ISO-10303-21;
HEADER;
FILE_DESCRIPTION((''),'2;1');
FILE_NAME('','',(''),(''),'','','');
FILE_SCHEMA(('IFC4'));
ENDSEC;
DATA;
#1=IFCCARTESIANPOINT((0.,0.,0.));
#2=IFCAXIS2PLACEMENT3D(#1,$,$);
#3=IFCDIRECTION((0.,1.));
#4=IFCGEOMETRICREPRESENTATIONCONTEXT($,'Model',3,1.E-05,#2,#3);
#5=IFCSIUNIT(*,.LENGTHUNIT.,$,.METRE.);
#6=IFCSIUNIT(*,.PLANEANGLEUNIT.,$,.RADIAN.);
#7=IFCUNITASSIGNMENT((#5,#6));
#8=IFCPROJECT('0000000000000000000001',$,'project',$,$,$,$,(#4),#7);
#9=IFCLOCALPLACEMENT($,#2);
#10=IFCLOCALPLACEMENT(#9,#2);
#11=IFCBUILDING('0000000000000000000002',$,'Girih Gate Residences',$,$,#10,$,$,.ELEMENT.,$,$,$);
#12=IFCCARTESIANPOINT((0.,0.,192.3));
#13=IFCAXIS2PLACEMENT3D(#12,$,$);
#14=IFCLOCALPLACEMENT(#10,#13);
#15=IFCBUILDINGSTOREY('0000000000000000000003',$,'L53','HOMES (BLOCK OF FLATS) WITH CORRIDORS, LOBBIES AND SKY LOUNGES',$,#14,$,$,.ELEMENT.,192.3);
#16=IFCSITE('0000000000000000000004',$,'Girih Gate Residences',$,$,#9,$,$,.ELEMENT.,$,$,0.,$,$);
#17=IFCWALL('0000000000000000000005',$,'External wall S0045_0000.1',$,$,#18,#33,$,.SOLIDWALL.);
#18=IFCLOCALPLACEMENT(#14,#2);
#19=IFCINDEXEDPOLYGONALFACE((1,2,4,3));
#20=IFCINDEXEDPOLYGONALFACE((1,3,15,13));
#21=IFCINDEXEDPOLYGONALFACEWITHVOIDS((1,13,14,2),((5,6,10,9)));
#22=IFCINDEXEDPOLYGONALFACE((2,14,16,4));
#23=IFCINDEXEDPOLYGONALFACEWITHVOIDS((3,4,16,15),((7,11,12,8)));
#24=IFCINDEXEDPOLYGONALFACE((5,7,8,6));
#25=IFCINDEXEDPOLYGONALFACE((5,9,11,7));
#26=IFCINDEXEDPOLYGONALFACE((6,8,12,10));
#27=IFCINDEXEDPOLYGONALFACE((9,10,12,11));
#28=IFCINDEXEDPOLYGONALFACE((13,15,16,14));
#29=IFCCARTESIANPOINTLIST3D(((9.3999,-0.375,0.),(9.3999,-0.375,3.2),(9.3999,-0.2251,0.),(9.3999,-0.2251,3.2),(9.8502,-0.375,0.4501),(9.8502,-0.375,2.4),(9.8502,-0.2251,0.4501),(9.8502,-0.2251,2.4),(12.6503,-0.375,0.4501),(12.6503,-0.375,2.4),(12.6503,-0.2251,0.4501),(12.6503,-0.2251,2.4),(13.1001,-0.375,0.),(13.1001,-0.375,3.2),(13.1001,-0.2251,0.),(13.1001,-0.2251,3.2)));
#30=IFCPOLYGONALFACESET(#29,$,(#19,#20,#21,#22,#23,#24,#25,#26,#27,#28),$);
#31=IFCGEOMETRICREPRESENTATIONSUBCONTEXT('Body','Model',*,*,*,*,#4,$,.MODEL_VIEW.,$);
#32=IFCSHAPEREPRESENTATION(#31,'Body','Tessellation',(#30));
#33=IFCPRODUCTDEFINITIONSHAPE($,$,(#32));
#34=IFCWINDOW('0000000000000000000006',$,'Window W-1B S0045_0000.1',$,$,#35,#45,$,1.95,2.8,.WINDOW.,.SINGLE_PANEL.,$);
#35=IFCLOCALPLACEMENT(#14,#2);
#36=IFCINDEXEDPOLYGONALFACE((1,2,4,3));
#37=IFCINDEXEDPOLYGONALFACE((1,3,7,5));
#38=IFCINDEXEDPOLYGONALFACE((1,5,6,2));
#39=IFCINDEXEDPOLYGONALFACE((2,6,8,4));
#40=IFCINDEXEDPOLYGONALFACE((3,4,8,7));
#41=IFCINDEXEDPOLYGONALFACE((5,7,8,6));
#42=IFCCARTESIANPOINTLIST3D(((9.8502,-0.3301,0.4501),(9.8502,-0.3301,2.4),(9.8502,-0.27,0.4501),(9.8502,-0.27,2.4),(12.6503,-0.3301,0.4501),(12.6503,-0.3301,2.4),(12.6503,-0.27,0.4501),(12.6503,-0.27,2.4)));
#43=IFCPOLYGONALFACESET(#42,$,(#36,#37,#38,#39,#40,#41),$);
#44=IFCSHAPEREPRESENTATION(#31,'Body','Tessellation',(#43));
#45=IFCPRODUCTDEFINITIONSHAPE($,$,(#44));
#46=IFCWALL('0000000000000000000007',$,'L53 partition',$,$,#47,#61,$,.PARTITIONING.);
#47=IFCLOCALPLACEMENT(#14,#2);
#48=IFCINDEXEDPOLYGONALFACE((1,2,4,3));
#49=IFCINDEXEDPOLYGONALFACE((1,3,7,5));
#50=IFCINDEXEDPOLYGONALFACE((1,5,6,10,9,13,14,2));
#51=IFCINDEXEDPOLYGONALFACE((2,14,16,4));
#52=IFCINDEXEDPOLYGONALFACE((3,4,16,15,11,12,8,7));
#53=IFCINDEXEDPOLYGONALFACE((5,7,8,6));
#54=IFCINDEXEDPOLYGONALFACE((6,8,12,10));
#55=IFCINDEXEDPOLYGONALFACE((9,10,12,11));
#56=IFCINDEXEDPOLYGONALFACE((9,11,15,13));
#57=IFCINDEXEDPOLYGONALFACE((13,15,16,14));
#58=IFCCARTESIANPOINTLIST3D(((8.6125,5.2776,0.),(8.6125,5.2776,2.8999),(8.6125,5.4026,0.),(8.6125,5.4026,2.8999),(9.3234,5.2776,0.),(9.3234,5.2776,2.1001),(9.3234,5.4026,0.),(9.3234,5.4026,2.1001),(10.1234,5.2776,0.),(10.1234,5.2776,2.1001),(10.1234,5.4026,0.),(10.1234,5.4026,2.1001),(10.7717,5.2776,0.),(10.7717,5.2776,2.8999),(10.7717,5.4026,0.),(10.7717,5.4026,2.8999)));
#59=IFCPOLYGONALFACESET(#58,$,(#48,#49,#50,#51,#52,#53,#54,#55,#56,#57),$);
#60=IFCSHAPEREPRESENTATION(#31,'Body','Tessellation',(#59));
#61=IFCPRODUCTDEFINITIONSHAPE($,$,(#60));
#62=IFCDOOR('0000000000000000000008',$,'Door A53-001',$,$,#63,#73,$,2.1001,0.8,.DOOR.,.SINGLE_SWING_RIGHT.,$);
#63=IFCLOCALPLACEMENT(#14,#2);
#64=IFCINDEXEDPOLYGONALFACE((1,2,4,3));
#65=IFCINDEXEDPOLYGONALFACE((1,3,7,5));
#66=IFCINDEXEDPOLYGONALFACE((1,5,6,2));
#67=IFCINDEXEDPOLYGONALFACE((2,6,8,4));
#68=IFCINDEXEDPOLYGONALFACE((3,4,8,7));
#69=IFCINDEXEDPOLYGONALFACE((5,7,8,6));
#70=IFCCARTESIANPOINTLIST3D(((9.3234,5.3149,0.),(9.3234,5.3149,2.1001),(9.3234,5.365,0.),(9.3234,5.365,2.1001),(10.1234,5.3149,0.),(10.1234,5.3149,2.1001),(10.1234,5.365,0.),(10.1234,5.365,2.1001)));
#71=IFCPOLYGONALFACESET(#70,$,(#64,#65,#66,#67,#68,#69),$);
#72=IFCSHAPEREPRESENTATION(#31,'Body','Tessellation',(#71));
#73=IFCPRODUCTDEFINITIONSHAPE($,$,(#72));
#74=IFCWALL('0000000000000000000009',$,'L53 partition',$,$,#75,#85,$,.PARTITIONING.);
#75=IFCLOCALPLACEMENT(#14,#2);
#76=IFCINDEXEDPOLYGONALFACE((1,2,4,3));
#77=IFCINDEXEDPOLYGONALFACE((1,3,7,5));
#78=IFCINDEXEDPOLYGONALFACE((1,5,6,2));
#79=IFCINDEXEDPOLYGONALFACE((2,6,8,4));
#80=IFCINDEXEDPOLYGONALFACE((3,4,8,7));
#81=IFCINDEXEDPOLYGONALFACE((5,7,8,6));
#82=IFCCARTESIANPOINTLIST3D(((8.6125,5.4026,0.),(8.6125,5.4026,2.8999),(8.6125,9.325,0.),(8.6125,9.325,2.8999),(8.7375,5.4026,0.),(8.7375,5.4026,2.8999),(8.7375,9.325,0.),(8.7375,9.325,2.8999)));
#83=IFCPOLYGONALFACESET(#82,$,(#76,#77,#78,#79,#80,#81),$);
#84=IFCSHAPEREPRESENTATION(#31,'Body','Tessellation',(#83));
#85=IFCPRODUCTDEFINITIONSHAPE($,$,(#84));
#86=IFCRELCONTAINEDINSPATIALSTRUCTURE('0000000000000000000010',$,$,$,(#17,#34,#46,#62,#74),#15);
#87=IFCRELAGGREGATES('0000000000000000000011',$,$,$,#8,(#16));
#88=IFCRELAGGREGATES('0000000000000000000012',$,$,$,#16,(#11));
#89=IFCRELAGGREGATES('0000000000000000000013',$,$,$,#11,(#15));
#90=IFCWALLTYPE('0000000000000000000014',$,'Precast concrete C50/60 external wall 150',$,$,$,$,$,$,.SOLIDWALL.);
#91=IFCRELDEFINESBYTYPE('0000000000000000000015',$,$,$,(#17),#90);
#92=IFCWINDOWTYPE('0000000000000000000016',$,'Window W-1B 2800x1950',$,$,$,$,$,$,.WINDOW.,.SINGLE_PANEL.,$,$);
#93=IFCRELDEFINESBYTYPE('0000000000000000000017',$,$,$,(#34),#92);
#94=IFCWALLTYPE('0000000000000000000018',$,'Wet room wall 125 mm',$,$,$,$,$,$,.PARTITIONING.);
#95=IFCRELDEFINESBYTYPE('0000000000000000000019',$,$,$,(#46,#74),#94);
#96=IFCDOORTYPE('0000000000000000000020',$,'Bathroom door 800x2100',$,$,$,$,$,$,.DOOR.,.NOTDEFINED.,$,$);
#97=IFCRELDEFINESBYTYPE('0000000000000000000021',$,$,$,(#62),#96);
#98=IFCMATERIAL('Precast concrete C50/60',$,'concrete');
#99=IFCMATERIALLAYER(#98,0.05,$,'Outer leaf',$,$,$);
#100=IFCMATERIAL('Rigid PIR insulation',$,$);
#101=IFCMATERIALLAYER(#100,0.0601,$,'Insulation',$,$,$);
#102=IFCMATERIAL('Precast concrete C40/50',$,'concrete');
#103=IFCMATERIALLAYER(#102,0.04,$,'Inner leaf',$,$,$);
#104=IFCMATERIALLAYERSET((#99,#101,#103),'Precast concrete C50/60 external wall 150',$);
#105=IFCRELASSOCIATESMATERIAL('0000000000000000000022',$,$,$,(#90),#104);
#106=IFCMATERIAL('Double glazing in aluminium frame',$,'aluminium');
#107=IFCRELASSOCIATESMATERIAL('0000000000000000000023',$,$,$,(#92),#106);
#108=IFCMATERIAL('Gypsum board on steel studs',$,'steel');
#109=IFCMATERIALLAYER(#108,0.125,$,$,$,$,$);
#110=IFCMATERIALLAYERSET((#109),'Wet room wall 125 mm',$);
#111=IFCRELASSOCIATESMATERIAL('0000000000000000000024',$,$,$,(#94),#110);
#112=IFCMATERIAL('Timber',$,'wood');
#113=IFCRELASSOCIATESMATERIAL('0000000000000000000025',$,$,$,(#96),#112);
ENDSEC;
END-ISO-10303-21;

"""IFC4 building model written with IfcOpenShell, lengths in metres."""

from ifc_helpers import new_model, si_unit, direction, frame, frame_2d, origin, place, context, subcontext, project, spatial, rectangle, extrude, material, layer, layer_set, type_object, element, fill, save


model = new_model("IFC4")

# Units and contexts
model_context = context("Model", 3, precision=1e-05, world=origin(), true_north=direction((0.0, 1.0)))
body_context = subcontext(model_context, "Body", "Model", "MODEL_VIEW")
ifc_project = project(units=[si_unit("LENGTHUNIT", "METRE"), si_unit("PLANEANGLEUNIT", "RADIAN")], contexts=[model_context])

# Site, building, storey
site_placement = place(None, origin())
site = spatial("IfcSite", under=ifc_project, at=site_placement, Name="Girih Gate Residences", CompositionType="ELEMENT", RefElevation=0.0)
building_placement = place(site_placement, origin())
building = spatial("IfcBuilding", under=site, at=building_placement, Name="Girih Gate Residences", CompositionType="ELEMENT")
storey_placement = place(building_placement, frame((0.0, 0.0, 192.3)))
storey = spatial("IfcBuildingStorey", under=building, at=storey_placement, Name="L53", Description="HOMES (BLOCK OF FLATS) WITH CORRIDORS, LOBBIES AND SKY LOUNGES", CompositionType="ELEMENT", Elevation=192.3)

# Shared definitions
ifc_material_1 = material(Name="Gypsum board on steel studs", Category="steel")

# Shared definitions
ifc_material_2 = material(Name="Timber", Category="wood")

# Wall, opening, window
ifc_material_3 = material(Name="Precast concrete C50/60", Category="concrete")
ifc_layer_1 = layer(ifc_material_3, 0.05, Name="Outer leaf")
ifc_material_4 = material(Name="Rigid PIR insulation")
ifc_layer_2 = layer(ifc_material_4, 0.0601, Name="Insulation")
ifc_material_5 = material(Name="Precast concrete C40/50", Category="concrete")
ifc_layer_3 = layer(ifc_material_5, 0.04, Name="Inner leaf")
ifc_layer_set_1 = layer_set([ifc_layer_1, ifc_layer_2, ifc_layer_3], Name="Precast concrete C50/60 external wall 150")
wall_type_1 = type_object("IfcWallType", Name="Precast concrete C50/60 external wall 150", PredefinedType="SOLIDWALL", material=ifc_layer_set_1)
ifc_material_6 = material(Name="Double glazing in aluminium frame", Category="aluminium")
window_type = type_object("IfcWindowType", Name="Window W-1B 2800x1950", PartitioningType="SINGLE_PANEL", PredefinedType="WINDOW", material=ifc_material_6)
wall_1_placement = place(storey_placement, frame((13.1001, -0.3, 0.0), z_axis=(0.0, 0.0, 1.0), x_axis=(-1.0, 0.0, 0.0)))
wall_1 = element("IfcWall", 1, at=wall_1_placement, inside=storey, type_object=wall_type_1, Name="External wall S0045_0000.1", PredefinedType="SOLIDWALL", context=body_context, shape_type="SweptSolid", body=[
    extrude(rectangle(XDim=3.7002, YDim=0.1499, at=frame_2d((1.8501, 0.0))), origin(), (0.0, 0.0, 1.0), 3.2),
])
opening_1_placement = place(wall_1_placement, frame((0.45, 0.0, 0.45)))
opening_1 = element("IfcOpeningElement", 2, at=opening_1_placement, cuts=wall_1, PredefinedType="OPENING", context=body_context, shape_type="SweptSolid", body=[
    extrude(rectangle(XDim=2.8, YDim=1.95, at=frame_2d((1.3999, 0.9751))), frame((0.0, 0.085, 0.0), z_axis=(0.0, -1.0, 0.0), x_axis=(1.0, 0.0, 0.0)), (0.0, 0.0, 1.0), 0.1699),
])
window_1_placement = place(opening_1_placement, origin())
window_1 = element("IfcWindow", 3, at=window_1_placement, inside=storey, type_object=window_type, Name="Window W-1B S0045_0000.1", OverallHeight=1.95, OverallWidth=2.8, PartitioningType="SINGLE_PANEL", PredefinedType="WINDOW", context=body_context, shape_type="SweptSolid", body=[
    extrude(rectangle(XDim=2.8, YDim=1.95, at=frame_2d((1.3999, 0.9751))), frame((0.0, 0.03, 0.0), z_axis=(0.0, -1.0, 0.0), x_axis=(1.0, 0.0, 0.0)), (0.0, 0.0, 1.0), 0.0601),
])
fill(opening_1, window_1)

# Wall, opening, door
ifc_layer_4 = layer(ifc_material_1, 0.125)
ifc_layer_set_2 = layer_set([ifc_layer_4], Name="Wet room wall 125 mm")
wall_type_2 = type_object("IfcWallType", Name="Wet room wall 125 mm", PredefinedType="PARTITIONING", material=ifc_layer_set_2)
wall_2_placement = place(storey_placement, frame((8.6125, 5.3401, 0.0), z_axis=(0.0, 0.0, 1.0), x_axis=(1.0, 0.0, 0.0)))
wall_2 = element("IfcWall", 4, at=wall_2_placement, inside=storey, type_object=wall_type_2, Name="L53 partition", PredefinedType="PARTITIONING", context=body_context, shape_type="SweptSolid", body=[
    extrude(rectangle(XDim=2.1592, YDim=0.125, at=frame_2d((1.0796, 0.0))), origin(), (0.0, 0.0, 1.0), 2.8999),
])
opening_2_placement = place(wall_2_placement, frame((0.7109, 0.0, 0.0)))
opening_2 = element("IfcOpeningElement", 5, at=opening_2_placement, cuts=wall_2, PredefinedType="OPENING", context=body_context, shape_type="SweptSolid", body=[
    extrude(rectangle(XDim=0.8, YDim=2.1001, at=frame_2d((0.3999, 1.05))), frame((0.0, 0.0725, 0.0), z_axis=(0.0, -1.0, 0.0), x_axis=(1.0, 0.0, 0.0)), (0.0, 0.0, 1.0), 0.145),
])
door_type_1 = type_object("IfcDoorType", Name="Bathroom door 800x2100", OperationType="NOTDEFINED", PredefinedType="DOOR", material=ifc_material_2)
door_1_placement = place(opening_2_placement, origin())
door_1 = element("IfcDoor", 6, at=door_1_placement, inside=storey, type_object=door_type_1, Name="Door A53-001", OperationType="SINGLE_SWING_RIGHT", OverallHeight=2.1001, OverallWidth=0.8, PredefinedType="DOOR", context=body_context, shape_type="SweptSolid", body=[
    extrude(rectangle(XDim=0.8, YDim=2.1001, at=frame_2d((0.3999, 1.05))), frame((0.0, 0.0249, 0.0), z_axis=(0.0, -1.0, 0.0), x_axis=(1.0, 0.0, 0.0)), (0.0, 0.0, 1.0), 0.05),
])
fill(opening_2, door_1)

# Wall
wall_3_placement = place(storey_placement, frame((8.675, 5.4026, 0.0), z_axis=(0.0, 0.0, 1.0), x_axis=(0.0, 1.0, 0.0)))
element("IfcWall", 7, at=wall_3_placement, inside=storey, type_object=wall_type_2, Name="L53 partition", PredefinedType="PARTITIONING", context=body_context, shape_type="SweptSolid", body=[
    extrude(rectangle(XDim=3.9224, YDim=0.125, at=frame_2d((1.9612, 0.0))), origin(), (0.0, 0.0, 1.0), 2.8999),
])

save(model, "model.ifc")
